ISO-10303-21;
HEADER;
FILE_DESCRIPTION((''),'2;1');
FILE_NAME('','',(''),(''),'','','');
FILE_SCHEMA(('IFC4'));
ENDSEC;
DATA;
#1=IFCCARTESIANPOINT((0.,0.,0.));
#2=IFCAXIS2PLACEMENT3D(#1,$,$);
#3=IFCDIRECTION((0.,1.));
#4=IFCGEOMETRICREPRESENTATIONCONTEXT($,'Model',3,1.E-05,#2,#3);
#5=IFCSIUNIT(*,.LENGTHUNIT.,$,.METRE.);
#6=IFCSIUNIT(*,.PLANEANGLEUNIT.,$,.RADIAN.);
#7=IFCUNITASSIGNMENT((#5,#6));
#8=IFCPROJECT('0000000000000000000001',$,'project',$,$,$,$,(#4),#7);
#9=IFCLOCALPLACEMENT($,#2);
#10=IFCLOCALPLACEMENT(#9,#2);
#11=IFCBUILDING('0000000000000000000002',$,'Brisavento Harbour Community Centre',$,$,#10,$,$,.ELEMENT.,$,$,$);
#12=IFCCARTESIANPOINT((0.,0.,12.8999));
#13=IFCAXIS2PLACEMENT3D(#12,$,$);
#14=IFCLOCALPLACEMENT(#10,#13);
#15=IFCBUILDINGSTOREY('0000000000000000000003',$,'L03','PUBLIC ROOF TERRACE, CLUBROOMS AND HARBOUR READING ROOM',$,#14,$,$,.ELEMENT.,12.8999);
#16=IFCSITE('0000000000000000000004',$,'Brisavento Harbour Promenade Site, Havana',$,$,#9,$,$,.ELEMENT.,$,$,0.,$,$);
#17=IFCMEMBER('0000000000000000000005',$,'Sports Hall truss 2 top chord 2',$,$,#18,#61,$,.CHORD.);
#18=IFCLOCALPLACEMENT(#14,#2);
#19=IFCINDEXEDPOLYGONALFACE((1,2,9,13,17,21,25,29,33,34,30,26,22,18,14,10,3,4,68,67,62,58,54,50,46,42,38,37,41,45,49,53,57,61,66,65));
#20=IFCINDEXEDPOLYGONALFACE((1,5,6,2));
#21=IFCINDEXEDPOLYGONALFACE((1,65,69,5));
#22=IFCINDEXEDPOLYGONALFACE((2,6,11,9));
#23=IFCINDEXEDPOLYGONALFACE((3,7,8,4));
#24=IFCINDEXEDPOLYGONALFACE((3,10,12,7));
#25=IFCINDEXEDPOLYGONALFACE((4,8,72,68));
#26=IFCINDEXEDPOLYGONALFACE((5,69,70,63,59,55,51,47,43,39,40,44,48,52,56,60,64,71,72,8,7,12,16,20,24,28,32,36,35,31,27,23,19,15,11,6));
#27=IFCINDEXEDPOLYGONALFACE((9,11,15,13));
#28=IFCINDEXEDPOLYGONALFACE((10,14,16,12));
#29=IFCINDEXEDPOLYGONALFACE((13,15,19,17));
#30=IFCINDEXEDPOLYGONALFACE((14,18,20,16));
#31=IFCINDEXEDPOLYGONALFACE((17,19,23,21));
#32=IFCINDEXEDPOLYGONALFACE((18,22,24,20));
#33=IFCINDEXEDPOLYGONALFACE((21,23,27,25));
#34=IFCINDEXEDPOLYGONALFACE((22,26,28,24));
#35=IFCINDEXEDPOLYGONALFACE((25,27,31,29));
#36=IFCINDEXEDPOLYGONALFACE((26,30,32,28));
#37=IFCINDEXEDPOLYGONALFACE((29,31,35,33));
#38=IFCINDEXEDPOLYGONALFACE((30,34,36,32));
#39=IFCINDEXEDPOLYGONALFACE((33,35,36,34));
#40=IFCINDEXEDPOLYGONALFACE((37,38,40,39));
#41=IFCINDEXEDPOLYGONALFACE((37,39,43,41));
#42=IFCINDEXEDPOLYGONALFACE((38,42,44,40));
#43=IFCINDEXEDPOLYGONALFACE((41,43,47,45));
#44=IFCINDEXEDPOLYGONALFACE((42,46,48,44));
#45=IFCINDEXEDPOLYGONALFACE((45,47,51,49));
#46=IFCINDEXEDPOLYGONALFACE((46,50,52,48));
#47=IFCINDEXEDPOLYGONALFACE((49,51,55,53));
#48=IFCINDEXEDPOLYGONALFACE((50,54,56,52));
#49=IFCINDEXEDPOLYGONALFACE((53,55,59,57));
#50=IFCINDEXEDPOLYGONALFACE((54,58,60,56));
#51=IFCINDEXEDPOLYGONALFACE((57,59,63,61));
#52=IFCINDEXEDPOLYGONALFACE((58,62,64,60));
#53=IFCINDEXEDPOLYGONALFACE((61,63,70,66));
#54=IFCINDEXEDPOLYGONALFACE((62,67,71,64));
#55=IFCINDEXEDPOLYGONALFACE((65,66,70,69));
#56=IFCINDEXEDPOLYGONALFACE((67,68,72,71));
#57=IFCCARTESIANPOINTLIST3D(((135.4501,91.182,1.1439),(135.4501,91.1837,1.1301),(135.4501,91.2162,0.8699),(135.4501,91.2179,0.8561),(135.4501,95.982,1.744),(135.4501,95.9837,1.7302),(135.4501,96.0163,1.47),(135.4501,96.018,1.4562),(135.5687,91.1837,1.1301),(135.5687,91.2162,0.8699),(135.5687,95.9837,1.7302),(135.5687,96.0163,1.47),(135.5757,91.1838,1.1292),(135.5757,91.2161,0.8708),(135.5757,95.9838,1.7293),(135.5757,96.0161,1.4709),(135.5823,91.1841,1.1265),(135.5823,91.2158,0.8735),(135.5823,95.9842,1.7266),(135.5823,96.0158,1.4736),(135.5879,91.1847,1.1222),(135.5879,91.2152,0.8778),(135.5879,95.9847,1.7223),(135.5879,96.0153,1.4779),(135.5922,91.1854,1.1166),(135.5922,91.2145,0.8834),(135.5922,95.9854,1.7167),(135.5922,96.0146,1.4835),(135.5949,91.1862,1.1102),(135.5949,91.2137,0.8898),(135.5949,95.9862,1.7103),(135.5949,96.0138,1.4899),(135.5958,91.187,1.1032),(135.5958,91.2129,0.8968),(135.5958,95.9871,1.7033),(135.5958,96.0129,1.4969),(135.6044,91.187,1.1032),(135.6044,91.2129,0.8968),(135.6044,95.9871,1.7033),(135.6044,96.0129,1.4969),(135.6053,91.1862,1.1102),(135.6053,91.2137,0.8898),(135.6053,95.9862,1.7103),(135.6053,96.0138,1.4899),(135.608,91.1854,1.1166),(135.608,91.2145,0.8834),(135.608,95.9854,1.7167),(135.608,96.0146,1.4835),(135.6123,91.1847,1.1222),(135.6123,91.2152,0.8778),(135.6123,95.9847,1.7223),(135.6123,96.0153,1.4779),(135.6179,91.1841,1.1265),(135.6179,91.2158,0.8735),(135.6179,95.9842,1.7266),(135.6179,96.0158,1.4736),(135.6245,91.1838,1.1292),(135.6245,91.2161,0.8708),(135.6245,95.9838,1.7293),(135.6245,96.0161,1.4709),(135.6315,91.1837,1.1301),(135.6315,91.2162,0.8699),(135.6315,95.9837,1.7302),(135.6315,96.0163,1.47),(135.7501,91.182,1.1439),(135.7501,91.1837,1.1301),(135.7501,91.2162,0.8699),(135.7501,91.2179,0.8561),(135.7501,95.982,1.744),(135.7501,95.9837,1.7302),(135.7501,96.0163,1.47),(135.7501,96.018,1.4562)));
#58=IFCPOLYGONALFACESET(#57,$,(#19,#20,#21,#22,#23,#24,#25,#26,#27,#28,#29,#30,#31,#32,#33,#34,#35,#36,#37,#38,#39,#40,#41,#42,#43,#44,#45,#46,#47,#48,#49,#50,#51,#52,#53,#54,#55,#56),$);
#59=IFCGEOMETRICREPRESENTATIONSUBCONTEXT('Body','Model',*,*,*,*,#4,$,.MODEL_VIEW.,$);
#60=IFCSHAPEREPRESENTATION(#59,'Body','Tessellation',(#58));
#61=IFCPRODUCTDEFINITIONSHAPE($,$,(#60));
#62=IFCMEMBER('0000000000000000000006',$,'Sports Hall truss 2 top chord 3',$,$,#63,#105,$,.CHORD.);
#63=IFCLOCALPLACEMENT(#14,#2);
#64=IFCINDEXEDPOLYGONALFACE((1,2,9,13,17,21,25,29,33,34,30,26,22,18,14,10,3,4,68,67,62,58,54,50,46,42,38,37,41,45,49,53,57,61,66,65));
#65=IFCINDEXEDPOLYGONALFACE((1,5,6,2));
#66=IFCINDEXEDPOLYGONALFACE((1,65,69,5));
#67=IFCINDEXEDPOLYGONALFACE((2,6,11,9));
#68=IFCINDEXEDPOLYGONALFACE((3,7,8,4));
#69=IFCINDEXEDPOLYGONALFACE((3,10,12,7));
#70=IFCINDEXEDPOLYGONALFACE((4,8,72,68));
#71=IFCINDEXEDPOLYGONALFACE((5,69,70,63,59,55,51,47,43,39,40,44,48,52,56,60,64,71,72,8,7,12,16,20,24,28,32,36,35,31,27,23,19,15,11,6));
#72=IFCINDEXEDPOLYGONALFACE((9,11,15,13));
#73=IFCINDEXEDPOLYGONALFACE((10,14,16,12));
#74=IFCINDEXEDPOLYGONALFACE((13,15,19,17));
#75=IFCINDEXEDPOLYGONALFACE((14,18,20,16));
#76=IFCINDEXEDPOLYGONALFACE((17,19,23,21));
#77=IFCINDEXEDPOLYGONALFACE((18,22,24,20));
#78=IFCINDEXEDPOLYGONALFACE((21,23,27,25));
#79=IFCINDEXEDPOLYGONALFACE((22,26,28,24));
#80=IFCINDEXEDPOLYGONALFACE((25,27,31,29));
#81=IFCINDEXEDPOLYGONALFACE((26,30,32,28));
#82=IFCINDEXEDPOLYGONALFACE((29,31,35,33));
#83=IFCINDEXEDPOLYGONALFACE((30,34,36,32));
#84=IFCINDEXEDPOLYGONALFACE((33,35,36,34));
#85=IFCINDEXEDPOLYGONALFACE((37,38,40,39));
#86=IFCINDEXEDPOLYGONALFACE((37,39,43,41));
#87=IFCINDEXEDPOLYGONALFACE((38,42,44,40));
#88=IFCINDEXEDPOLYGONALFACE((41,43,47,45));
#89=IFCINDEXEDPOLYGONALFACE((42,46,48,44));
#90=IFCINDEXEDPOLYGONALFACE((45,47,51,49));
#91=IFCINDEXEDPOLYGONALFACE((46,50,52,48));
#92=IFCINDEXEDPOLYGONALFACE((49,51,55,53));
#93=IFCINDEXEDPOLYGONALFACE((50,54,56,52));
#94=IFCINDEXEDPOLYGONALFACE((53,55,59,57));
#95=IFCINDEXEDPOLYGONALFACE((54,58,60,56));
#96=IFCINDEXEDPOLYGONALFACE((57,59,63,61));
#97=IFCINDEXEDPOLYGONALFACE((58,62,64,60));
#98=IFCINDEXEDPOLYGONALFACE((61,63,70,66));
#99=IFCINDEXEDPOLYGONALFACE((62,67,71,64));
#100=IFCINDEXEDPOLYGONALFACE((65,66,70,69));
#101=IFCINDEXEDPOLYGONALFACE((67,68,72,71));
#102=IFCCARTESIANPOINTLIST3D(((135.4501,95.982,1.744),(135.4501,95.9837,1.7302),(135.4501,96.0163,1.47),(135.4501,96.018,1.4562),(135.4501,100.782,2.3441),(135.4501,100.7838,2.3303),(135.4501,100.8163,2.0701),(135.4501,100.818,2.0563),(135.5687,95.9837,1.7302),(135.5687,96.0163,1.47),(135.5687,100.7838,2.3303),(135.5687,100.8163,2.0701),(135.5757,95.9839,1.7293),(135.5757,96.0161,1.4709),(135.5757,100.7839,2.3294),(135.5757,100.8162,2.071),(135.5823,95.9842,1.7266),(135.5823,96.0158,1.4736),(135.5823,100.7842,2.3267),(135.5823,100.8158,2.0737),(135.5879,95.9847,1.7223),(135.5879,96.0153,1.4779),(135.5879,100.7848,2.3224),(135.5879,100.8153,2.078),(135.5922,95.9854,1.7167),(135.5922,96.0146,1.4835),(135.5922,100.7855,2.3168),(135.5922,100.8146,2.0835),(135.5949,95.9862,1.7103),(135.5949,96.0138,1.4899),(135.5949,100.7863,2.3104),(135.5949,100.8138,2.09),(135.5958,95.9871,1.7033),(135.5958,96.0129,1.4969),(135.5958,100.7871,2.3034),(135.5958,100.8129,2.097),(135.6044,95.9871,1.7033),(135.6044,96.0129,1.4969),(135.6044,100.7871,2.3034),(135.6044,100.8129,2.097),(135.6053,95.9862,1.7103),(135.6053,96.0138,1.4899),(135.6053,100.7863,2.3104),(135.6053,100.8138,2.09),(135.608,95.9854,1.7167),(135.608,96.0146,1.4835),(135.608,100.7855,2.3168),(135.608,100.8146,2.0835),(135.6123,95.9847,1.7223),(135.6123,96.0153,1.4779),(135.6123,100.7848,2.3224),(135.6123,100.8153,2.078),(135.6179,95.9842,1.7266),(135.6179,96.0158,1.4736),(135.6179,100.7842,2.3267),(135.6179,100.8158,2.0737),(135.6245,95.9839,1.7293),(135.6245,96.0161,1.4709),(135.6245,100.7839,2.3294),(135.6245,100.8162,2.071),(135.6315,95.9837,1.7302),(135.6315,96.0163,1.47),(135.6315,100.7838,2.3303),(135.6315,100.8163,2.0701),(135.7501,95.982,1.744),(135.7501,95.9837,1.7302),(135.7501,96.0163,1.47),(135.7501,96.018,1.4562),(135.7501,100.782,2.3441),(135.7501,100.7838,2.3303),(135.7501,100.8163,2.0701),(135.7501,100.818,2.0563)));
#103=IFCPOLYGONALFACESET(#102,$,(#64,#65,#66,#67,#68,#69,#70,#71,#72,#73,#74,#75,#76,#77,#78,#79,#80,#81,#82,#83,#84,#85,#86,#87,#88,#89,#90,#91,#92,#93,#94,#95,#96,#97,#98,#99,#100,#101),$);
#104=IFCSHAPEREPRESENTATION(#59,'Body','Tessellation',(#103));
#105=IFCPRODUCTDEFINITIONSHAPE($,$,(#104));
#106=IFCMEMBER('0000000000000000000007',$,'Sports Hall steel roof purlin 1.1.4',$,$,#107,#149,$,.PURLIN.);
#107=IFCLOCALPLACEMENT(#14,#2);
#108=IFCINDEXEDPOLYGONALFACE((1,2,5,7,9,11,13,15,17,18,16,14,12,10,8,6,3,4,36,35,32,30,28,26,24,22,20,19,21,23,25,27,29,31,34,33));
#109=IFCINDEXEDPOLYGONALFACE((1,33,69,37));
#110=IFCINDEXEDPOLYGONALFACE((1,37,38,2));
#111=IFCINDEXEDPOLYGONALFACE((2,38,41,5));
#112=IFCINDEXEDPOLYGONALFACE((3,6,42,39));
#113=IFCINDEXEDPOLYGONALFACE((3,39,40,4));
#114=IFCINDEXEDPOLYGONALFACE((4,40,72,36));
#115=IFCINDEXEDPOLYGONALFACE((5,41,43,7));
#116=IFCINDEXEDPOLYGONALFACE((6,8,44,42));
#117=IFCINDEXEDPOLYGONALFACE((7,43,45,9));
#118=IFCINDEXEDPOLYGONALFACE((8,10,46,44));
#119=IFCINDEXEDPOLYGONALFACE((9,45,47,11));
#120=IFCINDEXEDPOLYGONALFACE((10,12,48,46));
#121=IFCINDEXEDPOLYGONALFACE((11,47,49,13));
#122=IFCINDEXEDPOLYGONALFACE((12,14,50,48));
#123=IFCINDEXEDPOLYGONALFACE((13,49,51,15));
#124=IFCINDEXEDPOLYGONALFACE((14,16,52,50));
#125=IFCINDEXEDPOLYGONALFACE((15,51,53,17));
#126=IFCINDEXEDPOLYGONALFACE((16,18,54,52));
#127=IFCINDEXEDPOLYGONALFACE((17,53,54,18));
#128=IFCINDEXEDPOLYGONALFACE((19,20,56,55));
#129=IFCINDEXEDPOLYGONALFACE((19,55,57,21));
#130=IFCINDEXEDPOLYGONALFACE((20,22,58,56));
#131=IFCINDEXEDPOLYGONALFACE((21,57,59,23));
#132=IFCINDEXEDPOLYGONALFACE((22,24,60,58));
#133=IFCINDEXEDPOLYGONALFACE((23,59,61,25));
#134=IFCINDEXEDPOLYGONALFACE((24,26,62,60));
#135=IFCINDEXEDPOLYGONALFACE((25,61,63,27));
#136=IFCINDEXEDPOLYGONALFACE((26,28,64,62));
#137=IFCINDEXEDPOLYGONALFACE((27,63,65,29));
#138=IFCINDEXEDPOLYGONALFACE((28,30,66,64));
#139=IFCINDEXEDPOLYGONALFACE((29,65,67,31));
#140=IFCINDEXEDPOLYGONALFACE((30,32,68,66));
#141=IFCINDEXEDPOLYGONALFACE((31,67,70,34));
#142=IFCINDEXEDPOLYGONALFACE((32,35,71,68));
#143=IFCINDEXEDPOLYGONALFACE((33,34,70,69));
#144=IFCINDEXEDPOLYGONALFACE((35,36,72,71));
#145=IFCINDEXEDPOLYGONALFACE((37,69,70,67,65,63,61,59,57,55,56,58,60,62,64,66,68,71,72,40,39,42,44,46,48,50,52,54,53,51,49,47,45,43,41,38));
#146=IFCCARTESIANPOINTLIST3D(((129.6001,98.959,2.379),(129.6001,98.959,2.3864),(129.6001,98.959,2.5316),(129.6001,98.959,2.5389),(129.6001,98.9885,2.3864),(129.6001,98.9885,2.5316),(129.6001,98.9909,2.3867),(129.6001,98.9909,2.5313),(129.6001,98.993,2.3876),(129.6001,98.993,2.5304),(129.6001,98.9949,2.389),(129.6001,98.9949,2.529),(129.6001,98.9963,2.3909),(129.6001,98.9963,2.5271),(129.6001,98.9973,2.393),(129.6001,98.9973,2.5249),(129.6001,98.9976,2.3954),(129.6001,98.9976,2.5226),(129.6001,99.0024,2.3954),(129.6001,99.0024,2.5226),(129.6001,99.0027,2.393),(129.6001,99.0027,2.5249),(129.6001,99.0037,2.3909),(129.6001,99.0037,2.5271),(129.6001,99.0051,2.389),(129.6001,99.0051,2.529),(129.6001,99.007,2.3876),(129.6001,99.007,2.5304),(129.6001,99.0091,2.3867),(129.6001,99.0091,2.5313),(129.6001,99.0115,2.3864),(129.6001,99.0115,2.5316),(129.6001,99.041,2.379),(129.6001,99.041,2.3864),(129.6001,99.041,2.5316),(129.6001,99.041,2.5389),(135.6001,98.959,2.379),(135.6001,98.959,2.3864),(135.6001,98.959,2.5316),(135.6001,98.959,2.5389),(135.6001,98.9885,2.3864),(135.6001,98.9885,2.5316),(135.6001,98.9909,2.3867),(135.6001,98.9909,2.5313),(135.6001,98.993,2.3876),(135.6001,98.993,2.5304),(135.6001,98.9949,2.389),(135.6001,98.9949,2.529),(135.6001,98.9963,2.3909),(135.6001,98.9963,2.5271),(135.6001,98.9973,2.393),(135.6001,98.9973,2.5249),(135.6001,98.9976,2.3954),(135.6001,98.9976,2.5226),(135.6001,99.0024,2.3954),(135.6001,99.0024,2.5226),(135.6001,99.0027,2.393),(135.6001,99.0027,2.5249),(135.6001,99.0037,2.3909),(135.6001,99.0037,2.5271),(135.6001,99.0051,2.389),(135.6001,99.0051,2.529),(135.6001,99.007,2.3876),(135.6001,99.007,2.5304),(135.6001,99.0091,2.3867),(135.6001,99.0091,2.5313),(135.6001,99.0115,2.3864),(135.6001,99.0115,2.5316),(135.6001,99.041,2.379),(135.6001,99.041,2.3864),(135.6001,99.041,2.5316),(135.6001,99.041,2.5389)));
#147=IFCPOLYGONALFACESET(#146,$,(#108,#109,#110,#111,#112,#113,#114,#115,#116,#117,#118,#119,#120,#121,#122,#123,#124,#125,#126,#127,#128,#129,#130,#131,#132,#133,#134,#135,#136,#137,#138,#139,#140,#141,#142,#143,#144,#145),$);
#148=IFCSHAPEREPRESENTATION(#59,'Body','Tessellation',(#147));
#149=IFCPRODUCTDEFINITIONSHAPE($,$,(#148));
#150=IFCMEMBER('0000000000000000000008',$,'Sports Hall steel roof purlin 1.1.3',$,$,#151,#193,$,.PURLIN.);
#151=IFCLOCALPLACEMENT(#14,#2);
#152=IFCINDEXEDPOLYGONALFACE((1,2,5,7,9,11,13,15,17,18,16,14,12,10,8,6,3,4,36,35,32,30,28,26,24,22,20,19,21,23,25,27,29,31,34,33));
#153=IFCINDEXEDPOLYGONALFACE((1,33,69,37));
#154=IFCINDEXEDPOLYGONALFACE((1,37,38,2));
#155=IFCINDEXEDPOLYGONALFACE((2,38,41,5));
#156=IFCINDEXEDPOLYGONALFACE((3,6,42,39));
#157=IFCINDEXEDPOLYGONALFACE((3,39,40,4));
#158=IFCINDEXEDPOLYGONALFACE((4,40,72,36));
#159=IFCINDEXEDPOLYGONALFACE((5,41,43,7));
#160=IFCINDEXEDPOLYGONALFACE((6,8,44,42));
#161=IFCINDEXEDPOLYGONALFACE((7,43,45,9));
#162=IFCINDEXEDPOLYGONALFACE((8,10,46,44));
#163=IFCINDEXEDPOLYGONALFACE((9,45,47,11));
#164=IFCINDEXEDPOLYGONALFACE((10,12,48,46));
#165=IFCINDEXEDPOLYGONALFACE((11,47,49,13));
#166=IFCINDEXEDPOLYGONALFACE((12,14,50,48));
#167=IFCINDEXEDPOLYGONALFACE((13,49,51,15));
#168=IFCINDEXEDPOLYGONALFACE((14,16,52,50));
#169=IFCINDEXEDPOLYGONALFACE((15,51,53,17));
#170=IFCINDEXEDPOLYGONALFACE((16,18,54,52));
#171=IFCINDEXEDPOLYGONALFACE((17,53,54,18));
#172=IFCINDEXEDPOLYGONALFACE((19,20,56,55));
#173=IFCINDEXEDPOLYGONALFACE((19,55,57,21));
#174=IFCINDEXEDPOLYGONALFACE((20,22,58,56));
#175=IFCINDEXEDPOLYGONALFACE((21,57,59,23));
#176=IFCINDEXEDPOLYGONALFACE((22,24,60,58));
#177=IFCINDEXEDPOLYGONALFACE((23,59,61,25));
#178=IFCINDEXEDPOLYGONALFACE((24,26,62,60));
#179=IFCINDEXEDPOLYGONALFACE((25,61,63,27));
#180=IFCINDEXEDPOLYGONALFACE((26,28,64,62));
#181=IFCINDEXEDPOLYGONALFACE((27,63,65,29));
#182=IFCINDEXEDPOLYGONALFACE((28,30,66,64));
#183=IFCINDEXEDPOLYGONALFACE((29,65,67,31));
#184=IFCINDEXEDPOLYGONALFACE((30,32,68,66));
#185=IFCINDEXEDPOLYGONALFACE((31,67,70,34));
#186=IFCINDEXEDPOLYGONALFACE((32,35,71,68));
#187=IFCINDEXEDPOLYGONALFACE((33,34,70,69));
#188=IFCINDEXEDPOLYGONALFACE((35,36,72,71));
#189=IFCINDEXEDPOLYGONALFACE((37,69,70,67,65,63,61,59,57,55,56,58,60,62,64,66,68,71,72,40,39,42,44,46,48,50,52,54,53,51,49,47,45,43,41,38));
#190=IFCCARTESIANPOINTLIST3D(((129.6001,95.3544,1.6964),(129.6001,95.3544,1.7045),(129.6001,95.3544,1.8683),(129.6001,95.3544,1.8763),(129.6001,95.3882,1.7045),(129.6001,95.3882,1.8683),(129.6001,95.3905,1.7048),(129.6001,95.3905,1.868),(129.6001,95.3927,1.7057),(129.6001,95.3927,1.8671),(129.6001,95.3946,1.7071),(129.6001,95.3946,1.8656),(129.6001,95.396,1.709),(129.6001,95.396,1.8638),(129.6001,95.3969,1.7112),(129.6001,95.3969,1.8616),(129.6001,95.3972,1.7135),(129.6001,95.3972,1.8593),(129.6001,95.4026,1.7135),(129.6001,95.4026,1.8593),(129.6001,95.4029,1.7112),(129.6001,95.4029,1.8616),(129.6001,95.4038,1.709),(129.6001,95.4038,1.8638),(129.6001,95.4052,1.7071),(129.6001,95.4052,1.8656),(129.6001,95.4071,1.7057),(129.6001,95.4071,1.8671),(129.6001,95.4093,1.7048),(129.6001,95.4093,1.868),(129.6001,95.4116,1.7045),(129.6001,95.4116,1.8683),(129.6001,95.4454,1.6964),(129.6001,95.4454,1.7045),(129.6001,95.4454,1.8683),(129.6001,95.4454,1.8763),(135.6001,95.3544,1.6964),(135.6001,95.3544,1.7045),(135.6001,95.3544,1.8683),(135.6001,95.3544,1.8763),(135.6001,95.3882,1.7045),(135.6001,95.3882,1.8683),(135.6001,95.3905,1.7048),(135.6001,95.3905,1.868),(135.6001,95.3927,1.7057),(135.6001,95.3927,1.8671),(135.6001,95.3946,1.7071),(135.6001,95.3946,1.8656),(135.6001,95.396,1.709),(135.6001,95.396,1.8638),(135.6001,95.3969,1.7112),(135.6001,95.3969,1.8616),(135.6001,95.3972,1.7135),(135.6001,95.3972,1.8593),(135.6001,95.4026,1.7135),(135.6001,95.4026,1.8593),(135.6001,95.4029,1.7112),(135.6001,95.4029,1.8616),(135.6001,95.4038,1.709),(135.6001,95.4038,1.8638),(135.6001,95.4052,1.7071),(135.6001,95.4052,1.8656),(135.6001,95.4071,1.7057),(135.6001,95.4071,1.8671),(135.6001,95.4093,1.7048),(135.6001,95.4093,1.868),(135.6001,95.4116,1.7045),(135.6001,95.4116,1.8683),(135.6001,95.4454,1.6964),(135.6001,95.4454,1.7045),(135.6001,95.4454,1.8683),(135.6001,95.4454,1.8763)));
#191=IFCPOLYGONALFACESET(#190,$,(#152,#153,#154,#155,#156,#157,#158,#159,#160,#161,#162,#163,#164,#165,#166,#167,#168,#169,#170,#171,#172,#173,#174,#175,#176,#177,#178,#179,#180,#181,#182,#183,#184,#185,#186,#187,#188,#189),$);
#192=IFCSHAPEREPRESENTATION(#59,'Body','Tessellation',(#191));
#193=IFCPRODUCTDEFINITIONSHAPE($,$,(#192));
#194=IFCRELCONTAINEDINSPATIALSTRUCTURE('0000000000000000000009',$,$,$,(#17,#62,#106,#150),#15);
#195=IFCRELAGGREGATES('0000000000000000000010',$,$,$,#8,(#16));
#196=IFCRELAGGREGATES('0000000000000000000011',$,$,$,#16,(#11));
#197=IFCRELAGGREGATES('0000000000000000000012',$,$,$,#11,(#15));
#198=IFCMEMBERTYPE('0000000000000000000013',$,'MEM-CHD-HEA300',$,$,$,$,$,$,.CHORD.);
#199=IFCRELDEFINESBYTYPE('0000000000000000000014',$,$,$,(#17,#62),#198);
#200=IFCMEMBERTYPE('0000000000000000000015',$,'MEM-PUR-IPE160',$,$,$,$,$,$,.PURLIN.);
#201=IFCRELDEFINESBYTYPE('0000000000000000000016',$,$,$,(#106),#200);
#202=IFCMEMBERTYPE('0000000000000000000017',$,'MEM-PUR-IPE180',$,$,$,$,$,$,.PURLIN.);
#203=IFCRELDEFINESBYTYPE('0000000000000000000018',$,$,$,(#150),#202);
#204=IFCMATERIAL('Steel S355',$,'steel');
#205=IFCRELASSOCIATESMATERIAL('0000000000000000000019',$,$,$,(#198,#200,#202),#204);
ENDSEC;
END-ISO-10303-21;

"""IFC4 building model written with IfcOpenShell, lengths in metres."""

from ifc_helpers import new_model, si_unit, direction, frame, origin, origin_2d, place, context, subcontext, project, spatial, i_section, extrude, material, material_profile, profile_set, type_object, element, save


model = new_model("IFC4")

# Units and contexts
model_context = context("Model", 3, precision=1e-05, world=origin(), true_north=direction((0.0, 1.0)))
body_context = subcontext(model_context, "Body", "Model", "MODEL_VIEW")
ifc_project = project(units=[si_unit("LENGTHUNIT", "METRE"), si_unit("PLANEANGLEUNIT", "RADIAN")], contexts=[model_context])

# Site, building, storey
site_placement = place(None, origin())
site = spatial("IfcSite", under=ifc_project, at=site_placement, Name="Brisavento Harbour Promenade Site, Havana", CompositionType="ELEMENT", RefElevation=0.0)
building_placement = place(site_placement, origin())
building = spatial("IfcBuilding", under=site, at=building_placement, Name="Brisavento Harbour Community Centre", CompositionType="ELEMENT")
storey_placement = place(building_placement, frame((0.0, 0.0, 12.8999)))
storey = spatial("IfcBuildingStorey", under=building, at=storey_placement, Name="L03", Description="PUBLIC ROOF TERRACE, CLUBROOMS AND HARBOUR READING ROOM", CompositionType="ELEMENT", Elevation=12.8999)

# Members
ifc_material_1 = material(Name="Steel S355", Category="steel")
ifc_material_profile_1 = material_profile(ifc_material_1, i_section(OverallWidth=0.3, OverallDepth=0.29, WebThickness=0.0085, FlangeThickness=0.0139, FilletRadius=0.0271, at=origin_2d()), Name="Steel S355")
ifc_profile_set_1 = profile_set([ifc_material_profile_1], Name="Steel S355")
member_type_1 = type_object("IfcMemberType", Name="MEM-CHD-HEA300", PredefinedType="CHORD", material=ifc_profile_set_1)
for number, where, z_axis, x_axis, name in (
    (1, (135.6001, 91.2, 1.0), (0.0, 0.992276, 0.124053), (-1.0, 0.0, 0.0), "Sports Hall truss 2 top chord 2"),
    (2, (135.6001, 96.0, 1.6001), (0.0, 0.992276, 0.124053), (-1.0, 0.0, 0.0), "Sports Hall truss 2 top chord 3"),
):
    element("IfcMember", number, at=place(storey_placement, frame(where, z_axis=z_axis, x_axis=x_axis)), inside=storey, type_object=member_type_1, Name=name, PredefinedType="CHORD", context=body_context, shape_type="SweptSolid", body=[
        extrude(i_section(OverallWidth=0.3, OverallDepth=0.29, WebThickness=0.0085, FlangeThickness=0.0139, FilletRadius=0.0271, at=origin_2d()), origin(), (0.0, 0.0, 1.0), 4.8374),
    ])
ifc_material_profile_2 = material_profile(ifc_material_1, i_section(OverallWidth=0.082, OverallDepth=0.1599, WebThickness=0.0049, FlangeThickness=0.0073, FilletRadius=0.009, at=origin_2d()), Name="Steel S355")
ifc_profile_set_2 = profile_set([ifc_material_profile_2], Name="Steel S355")
member_type_2 = type_object("IfcMemberType", Name="MEM-PUR-IPE160", PredefinedType="PURLIN", material=ifc_profile_set_2)
member_1_placement = place(storey_placement, frame((129.6001, 99.0, 2.459), z_axis=(1.0, 0.0, 0.0), x_axis=(0.0, 1.0, 0.0)))
element("IfcMember", 3, at=member_1_placement, inside=storey, type_object=member_type_2, Name="Sports Hall steel roof purlin 1.1.4", PredefinedType="PURLIN", context=body_context, shape_type="SweptSolid", body=[
    extrude(i_section(OverallWidth=0.082, OverallDepth=0.1599, WebThickness=0.0049, FlangeThickness=0.0073, FilletRadius=0.009, at=origin_2d()), origin(), (0.0, 0.0, 1.0), 6.0),
])
ifc_material_profile_3 = material_profile(ifc_material_1, i_section(OverallWidth=0.0911, OverallDepth=0.1799, WebThickness=0.0054, FlangeThickness=0.0081, FilletRadius=0.009, at=origin_2d()), Name="Steel S355")
ifc_profile_set_3 = profile_set([ifc_material_profile_3], Name="Steel S355")
member_type_3 = type_object("IfcMemberType", Name="MEM-PUR-IPE180", PredefinedType="PURLIN", material=ifc_profile_set_3)
for number, where, z_axis, x_axis, name in (
    (4, (129.6001, 95.3999, 1.7864), (1.0, 0.0, 0.0), (0.0, 1.0, 0.0), "Sports Hall steel roof purlin 1.1.3"),
):
    element("IfcMember", number, at=place(storey_placement, frame(where, z_axis=z_axis, x_axis=x_axis)), inside=storey, type_object=member_type_3, Name=name, PredefinedType="PURLIN", context=body_context, shape_type="SweptSolid", body=[
        extrude(i_section(OverallWidth=0.0911, OverallDepth=0.1799, WebThickness=0.0054, FlangeThickness=0.0081, FilletRadius=0.009, at=origin_2d()), origin(), (0.0, 0.0, 1.0), 6.0),
    ])

save(model, "model.ifc")
